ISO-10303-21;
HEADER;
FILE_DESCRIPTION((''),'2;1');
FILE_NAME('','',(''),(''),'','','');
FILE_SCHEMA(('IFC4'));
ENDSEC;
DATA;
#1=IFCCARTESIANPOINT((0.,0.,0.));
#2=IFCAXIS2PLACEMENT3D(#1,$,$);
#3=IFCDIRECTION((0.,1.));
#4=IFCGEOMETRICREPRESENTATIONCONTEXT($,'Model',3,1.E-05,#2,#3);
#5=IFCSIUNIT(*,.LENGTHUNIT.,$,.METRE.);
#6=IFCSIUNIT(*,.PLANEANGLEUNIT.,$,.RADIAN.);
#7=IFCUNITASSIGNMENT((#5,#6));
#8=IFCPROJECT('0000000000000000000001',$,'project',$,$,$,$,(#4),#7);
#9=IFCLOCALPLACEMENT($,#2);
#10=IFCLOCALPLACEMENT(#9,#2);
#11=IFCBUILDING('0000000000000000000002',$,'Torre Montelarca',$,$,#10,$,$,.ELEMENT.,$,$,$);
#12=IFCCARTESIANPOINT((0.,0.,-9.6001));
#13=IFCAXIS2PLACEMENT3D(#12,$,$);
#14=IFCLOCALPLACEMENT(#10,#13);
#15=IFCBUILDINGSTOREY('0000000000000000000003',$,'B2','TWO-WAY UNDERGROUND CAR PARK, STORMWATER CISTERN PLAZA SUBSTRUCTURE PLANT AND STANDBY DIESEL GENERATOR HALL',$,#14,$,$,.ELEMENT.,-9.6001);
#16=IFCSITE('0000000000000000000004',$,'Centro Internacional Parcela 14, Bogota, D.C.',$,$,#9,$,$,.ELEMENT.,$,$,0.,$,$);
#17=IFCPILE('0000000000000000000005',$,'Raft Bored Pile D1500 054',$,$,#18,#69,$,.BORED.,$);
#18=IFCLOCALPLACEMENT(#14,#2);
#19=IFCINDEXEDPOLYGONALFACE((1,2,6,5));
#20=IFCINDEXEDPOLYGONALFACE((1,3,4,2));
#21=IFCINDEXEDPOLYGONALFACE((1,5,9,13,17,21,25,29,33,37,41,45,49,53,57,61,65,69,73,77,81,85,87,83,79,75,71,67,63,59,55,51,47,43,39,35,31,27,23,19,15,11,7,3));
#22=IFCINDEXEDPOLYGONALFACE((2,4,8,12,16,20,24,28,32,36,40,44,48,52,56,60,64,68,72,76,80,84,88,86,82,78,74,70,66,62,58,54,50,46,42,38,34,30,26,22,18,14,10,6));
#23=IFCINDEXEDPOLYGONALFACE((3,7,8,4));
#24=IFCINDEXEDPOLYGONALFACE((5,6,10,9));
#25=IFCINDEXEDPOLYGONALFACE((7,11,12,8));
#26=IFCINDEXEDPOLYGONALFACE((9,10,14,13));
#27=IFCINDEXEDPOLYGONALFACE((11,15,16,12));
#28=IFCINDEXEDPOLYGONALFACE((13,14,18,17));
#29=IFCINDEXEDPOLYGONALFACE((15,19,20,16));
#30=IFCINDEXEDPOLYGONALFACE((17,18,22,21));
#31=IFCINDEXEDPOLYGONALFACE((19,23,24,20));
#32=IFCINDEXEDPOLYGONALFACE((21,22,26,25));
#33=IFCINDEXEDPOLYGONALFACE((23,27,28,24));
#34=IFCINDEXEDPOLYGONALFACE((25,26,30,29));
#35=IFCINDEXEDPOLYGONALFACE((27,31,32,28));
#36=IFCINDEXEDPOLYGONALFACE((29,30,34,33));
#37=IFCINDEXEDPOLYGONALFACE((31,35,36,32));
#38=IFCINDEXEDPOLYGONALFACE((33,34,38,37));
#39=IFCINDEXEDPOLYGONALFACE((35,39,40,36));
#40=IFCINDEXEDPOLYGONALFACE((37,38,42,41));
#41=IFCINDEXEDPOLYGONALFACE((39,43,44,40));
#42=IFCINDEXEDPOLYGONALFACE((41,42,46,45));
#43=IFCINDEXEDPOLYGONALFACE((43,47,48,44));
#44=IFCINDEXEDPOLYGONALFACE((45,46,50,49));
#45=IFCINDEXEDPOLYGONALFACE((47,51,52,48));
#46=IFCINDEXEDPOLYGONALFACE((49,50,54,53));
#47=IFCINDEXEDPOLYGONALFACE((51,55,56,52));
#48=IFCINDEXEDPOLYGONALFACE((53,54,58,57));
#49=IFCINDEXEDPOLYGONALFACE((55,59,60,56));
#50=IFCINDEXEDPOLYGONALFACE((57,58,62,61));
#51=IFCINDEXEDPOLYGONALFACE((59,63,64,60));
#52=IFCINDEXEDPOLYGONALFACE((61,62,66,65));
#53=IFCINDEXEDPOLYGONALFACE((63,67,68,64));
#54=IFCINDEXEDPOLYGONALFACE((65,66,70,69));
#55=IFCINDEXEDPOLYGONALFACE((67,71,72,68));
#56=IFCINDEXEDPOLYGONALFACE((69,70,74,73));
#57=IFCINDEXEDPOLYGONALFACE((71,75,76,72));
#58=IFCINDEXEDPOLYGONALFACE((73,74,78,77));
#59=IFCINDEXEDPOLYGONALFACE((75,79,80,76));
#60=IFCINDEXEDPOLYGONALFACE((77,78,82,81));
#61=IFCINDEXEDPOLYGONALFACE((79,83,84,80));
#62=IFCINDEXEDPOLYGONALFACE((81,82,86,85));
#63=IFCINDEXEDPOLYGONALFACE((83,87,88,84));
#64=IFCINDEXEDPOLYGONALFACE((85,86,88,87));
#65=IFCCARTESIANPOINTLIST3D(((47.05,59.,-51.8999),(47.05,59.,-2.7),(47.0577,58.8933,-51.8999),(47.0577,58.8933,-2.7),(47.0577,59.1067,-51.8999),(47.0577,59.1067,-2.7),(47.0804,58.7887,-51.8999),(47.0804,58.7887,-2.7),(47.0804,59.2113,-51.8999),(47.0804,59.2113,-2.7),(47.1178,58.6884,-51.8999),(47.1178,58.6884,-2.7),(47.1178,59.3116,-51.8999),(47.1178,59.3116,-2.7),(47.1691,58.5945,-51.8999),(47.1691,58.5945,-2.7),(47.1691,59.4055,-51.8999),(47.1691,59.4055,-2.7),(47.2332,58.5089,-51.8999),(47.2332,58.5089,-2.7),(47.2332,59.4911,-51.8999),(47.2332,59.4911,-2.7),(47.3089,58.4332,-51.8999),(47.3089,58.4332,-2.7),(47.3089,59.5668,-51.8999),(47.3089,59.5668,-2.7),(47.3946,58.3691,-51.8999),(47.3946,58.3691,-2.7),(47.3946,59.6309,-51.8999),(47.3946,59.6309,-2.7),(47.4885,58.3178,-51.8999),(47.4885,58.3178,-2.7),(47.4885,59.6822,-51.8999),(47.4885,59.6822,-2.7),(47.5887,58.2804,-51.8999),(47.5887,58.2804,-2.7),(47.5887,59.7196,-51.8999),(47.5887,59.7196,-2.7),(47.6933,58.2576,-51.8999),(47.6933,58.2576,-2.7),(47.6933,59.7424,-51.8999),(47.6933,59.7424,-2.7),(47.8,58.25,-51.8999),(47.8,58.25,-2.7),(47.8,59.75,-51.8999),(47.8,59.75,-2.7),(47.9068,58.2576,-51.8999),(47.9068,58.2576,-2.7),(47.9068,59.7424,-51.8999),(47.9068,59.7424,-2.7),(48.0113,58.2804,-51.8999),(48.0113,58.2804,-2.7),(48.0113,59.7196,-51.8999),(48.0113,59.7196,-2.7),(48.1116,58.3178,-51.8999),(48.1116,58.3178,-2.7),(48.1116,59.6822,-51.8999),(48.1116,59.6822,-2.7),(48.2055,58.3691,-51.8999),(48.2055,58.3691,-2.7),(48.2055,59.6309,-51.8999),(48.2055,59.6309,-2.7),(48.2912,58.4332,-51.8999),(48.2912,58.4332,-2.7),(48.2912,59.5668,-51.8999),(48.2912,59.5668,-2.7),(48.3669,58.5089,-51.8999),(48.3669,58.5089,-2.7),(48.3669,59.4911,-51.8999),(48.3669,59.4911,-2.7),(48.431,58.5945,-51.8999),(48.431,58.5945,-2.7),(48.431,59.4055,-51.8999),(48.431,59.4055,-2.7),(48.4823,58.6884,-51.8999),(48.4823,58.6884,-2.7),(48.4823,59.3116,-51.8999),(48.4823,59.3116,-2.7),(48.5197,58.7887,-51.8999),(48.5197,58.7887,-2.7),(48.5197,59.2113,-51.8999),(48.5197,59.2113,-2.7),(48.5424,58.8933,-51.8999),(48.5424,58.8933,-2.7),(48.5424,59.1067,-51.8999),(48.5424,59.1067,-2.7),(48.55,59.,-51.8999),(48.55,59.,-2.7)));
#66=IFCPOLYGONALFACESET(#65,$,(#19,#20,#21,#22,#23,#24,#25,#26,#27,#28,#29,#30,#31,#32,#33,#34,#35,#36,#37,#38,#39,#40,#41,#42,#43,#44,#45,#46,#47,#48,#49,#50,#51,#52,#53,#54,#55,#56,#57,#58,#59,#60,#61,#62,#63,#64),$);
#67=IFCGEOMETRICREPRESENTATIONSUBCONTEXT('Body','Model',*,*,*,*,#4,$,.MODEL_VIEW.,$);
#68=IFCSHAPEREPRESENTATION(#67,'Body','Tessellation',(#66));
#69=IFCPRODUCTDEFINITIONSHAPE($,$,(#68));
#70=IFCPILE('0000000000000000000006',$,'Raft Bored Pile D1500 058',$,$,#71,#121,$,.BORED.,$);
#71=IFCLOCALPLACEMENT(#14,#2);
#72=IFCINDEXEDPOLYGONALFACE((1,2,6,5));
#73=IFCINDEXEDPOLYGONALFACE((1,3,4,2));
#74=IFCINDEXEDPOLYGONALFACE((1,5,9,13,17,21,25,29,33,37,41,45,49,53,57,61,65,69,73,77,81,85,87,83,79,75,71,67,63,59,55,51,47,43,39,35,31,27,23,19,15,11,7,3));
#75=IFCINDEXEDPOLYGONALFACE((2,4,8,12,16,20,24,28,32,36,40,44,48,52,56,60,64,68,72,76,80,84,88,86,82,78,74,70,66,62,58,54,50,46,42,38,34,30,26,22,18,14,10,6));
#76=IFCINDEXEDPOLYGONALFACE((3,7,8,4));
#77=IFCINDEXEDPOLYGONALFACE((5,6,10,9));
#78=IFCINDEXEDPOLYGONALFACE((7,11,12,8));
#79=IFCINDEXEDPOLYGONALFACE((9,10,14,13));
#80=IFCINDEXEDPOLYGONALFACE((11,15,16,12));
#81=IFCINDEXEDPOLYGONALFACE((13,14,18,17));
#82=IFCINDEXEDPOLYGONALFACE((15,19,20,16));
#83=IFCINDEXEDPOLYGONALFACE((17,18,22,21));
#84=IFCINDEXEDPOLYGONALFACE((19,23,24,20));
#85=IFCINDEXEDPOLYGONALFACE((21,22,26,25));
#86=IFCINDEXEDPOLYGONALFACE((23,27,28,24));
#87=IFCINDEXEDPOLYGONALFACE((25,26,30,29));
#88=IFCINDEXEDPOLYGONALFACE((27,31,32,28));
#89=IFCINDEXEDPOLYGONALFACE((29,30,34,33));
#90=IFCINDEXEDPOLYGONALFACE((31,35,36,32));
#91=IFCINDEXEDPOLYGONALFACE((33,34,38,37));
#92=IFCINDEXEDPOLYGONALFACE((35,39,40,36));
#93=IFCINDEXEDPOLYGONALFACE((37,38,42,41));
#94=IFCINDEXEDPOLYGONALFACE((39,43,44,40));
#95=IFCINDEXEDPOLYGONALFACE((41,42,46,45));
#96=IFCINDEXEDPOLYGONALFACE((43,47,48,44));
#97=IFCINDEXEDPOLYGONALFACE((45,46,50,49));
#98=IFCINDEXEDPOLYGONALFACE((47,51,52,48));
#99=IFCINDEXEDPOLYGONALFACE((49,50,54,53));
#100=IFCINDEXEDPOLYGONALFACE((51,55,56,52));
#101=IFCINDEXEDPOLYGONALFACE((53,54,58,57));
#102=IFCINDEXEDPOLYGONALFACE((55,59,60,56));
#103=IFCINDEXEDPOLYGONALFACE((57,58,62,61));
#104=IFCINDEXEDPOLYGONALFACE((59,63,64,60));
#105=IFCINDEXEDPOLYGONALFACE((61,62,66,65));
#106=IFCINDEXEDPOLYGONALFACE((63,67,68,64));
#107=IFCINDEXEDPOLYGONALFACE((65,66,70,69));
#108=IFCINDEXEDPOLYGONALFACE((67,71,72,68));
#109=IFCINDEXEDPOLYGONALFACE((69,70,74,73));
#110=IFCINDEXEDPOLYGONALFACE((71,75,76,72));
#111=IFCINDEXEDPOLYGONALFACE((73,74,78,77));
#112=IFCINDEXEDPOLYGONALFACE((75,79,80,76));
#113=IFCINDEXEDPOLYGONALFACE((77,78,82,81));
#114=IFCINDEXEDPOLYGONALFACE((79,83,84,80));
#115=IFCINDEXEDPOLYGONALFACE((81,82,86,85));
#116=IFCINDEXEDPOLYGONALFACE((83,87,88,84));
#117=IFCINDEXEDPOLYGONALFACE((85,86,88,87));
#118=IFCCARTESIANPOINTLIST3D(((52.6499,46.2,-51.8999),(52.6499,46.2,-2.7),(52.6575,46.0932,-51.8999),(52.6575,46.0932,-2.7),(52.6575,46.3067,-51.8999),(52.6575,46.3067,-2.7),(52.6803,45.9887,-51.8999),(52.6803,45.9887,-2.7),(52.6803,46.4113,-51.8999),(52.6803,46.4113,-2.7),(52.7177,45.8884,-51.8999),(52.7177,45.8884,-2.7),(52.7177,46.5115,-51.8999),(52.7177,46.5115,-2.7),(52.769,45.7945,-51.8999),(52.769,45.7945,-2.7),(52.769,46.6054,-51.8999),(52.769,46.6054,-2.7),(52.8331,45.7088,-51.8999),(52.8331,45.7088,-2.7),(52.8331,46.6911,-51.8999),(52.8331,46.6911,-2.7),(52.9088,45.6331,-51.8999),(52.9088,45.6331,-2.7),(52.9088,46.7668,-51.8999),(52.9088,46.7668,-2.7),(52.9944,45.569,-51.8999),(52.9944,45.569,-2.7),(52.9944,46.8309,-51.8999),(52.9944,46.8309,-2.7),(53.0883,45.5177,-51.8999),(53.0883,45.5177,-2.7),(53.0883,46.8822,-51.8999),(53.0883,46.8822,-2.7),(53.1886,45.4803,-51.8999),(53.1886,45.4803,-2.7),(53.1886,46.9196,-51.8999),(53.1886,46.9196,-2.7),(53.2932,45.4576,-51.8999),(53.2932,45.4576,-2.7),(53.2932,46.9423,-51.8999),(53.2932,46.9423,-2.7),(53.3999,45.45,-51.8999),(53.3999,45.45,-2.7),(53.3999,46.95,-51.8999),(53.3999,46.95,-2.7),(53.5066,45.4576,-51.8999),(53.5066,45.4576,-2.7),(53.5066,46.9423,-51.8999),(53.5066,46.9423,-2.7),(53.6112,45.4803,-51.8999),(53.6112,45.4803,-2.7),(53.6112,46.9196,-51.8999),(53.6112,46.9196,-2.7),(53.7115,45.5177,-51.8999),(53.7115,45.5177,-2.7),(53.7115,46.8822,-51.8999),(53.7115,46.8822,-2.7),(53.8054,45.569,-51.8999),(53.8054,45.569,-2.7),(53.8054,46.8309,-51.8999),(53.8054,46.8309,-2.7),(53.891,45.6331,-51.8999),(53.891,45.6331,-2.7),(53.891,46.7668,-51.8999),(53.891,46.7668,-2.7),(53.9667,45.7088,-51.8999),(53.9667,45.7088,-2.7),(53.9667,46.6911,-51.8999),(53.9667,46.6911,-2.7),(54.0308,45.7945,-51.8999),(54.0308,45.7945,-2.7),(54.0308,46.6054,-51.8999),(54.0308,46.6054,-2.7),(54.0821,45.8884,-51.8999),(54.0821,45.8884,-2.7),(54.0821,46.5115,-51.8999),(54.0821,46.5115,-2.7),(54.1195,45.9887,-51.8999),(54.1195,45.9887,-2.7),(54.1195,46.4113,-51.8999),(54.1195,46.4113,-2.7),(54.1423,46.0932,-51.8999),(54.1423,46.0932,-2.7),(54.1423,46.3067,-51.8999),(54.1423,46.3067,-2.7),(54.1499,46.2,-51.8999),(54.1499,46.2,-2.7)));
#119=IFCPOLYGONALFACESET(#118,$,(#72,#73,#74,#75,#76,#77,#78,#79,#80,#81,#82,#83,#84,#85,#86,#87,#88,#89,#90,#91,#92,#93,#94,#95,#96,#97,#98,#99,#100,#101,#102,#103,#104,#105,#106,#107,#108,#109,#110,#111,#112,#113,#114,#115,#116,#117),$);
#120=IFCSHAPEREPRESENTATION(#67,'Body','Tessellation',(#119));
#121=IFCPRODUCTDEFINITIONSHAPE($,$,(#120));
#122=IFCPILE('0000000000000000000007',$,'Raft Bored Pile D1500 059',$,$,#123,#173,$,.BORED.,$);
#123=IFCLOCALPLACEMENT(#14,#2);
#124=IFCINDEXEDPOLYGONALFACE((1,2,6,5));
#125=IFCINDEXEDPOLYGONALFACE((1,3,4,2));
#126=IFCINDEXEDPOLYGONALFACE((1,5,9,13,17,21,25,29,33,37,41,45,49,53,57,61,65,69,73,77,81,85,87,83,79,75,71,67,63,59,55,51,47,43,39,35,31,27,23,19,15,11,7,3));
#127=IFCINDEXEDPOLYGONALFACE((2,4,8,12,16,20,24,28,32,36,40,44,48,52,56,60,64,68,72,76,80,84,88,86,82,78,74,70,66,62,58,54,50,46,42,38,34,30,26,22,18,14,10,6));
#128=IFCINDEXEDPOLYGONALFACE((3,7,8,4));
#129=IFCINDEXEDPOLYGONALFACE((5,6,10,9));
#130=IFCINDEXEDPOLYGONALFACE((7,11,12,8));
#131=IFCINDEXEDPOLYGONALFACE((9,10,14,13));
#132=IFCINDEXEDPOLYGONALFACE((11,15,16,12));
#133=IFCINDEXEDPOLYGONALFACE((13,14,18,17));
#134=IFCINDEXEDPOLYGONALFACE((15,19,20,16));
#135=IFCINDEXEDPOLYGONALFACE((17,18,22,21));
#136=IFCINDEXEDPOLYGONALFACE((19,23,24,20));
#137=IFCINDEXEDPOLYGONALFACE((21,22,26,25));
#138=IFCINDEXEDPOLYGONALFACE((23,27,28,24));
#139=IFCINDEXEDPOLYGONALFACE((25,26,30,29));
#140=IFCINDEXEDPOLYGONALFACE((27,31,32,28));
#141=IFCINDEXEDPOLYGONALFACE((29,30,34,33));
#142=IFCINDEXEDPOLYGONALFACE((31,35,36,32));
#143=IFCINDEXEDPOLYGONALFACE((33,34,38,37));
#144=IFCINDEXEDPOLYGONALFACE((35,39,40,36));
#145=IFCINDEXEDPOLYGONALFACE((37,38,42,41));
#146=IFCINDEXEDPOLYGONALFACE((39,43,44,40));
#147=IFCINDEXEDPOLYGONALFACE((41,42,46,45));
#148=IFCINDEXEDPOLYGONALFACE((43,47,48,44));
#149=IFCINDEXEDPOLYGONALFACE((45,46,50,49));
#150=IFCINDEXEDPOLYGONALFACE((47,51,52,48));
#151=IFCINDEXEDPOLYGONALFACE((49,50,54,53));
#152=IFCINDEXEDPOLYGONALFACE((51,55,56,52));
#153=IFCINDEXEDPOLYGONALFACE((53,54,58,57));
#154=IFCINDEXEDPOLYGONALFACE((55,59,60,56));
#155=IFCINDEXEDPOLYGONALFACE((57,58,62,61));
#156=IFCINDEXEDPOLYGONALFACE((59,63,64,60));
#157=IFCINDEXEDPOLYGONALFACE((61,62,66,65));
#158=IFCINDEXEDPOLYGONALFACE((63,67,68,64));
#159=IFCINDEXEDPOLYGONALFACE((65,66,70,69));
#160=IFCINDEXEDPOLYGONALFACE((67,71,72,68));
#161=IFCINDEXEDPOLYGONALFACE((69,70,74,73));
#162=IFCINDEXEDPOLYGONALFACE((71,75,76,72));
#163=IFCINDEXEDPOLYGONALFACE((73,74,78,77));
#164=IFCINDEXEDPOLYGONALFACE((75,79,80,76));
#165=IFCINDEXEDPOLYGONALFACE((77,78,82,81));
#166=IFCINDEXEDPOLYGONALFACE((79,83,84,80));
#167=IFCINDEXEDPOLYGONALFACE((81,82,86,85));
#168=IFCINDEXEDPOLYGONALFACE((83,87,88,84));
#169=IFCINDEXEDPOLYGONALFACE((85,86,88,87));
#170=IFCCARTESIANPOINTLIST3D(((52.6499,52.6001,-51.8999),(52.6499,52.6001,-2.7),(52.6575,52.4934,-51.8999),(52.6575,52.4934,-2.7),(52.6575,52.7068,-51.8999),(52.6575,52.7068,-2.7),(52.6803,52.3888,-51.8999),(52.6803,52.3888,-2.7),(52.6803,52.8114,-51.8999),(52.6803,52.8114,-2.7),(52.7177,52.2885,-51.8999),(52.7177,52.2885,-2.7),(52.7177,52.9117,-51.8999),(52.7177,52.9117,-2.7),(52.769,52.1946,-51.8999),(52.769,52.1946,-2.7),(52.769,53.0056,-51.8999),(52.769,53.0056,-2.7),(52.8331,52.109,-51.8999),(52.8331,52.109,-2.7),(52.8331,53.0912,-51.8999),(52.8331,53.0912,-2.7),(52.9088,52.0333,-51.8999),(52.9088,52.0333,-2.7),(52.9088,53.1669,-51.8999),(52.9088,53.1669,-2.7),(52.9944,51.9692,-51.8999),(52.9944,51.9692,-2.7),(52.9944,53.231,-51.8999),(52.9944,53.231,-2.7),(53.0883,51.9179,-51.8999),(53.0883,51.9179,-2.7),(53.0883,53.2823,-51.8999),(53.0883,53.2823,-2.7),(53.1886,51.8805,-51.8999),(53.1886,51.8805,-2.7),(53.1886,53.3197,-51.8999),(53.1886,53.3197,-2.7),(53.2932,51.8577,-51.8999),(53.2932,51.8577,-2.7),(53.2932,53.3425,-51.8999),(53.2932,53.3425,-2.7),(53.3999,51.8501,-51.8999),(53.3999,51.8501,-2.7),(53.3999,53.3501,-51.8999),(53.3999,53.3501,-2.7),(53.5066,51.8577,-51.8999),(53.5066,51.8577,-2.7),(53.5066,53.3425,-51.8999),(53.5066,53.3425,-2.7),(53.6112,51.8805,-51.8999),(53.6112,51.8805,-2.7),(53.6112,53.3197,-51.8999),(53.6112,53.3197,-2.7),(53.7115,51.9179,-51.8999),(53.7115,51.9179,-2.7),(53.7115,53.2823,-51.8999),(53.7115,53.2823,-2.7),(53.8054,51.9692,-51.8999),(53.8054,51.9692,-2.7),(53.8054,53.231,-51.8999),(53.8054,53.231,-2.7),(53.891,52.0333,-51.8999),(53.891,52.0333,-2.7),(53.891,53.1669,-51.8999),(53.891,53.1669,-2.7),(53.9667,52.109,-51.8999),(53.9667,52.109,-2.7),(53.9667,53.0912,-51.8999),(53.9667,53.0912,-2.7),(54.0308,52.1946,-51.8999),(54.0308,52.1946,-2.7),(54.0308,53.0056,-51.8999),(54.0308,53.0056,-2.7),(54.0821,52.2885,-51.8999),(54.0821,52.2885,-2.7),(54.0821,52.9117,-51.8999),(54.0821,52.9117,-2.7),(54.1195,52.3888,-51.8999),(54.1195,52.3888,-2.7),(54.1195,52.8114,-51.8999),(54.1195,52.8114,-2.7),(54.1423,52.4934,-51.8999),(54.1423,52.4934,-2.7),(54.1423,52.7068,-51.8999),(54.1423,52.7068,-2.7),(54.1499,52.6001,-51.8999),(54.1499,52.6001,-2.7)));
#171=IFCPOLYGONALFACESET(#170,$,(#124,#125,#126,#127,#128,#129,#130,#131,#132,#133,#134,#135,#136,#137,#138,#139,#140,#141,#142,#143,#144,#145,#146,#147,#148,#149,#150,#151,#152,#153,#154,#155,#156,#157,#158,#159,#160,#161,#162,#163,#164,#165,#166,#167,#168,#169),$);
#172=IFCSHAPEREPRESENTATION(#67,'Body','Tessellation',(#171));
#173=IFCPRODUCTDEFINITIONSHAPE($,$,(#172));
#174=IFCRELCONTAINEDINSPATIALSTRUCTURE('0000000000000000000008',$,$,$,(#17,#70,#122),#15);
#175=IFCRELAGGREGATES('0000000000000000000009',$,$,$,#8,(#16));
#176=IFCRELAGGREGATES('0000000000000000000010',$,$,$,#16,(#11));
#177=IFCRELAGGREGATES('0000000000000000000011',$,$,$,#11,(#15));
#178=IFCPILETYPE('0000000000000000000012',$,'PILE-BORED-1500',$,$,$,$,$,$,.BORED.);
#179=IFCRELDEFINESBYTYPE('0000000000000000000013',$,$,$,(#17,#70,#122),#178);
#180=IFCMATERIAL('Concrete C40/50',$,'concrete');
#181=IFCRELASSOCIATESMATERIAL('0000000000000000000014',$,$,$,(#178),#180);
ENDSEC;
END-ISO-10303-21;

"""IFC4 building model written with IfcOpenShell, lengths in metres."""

from ifc_helpers import new_model, si_unit, direction, frame, origin, origin_2d, place, context, subcontext, project, spatial, circle, extrude, source, transform, mapped, material, material_profile, profile_set, type_object, element, save


model = new_model("IFC4")

# Units and contexts
model_context = context("Model", 3, precision=1e-05, world=origin(), true_north=direction((0.0, 1.0)))
body_context = subcontext(model_context, "Body", "Model", "MODEL_VIEW")
ifc_project = project(units=[si_unit("LENGTHUNIT", "METRE"), si_unit("PLANEANGLEUNIT", "RADIAN")], contexts=[model_context])

# Site, building, storey
site_placement = place(None, origin())
site = spatial("IfcSite", under=ifc_project, at=site_placement, Name="Centro Internacional Parcela 14, Bogota, D.C.", CompositionType="ELEMENT", RefElevation=0.0)
building_placement = place(site_placement, origin())
building = spatial("IfcBuilding", under=site, at=building_placement, Name="Torre Montelarca", CompositionType="ELEMENT")
storey_placement = place(building_placement, frame((0.0, 0.0, -9.6001)))
storey = spatial("IfcBuildingStorey", under=building, at=storey_placement, Name="B2", Description="TWO-WAY UNDERGROUND CAR PARK, STORMWATER CISTERN PLAZA SUBSTRUCTURE PLANT AND STANDBY DIESEL GENERATOR HALL", CompositionType="ELEMENT", Elevation=-9.6001)

# Piles
ifc_material_1 = material(Name="Concrete C40/50", Category="concrete")
ifc_material_profile_1 = material_profile(ifc_material_1, circle(Radius=0.75, at=origin_2d()), Name="PILE-D1500", Category="concrete")
ifc_profile_set_1 = profile_set([ifc_material_profile_1], Name="Concrete C40/50")
pile_type = type_object("IfcPileType", Name="PILE-BORED-1500", PredefinedType="BORED", material=ifc_profile_set_1)
shared_shape_1 = source(origin(), body_context, "Body", "SweptSolid", [
    extrude(circle(Radius=0.75, at=origin_2d()), origin(), (0.0, 0.0, 1.0), 49.2),
])
for number, where, z_axis, x_axis, name in (
    (1, (47.8, 59.0, -2.7), (0.0, 0.0, -1.0), (1.0, 0.0, 0.0), "Raft Bored Pile D1500 054"),
    (2, (53.3999, 46.2, -2.7), (0.0, 0.0, -1.0), (1.0, 0.0, 0.0), "Raft Bored Pile D1500 058"),
    (3, (53.3999, 52.6001, -2.7), (0.0, 0.0, -1.0), (1.0, 0.0, 0.0), "Raft Bored Pile D1500 059"),
):
    element("IfcPile", number, at=place(storey_placement, frame(where, z_axis=z_axis, x_axis=x_axis)), inside=storey, type_object=pile_type, Name=name, PredefinedType="BORED", context=body_context, shape_type="MappedRepresentation", body=[
        mapped(shared_shape_1, transform((0.0, 0.0, 0.0), scale=1.0)),
    ])

save(model, "model.ifc")
